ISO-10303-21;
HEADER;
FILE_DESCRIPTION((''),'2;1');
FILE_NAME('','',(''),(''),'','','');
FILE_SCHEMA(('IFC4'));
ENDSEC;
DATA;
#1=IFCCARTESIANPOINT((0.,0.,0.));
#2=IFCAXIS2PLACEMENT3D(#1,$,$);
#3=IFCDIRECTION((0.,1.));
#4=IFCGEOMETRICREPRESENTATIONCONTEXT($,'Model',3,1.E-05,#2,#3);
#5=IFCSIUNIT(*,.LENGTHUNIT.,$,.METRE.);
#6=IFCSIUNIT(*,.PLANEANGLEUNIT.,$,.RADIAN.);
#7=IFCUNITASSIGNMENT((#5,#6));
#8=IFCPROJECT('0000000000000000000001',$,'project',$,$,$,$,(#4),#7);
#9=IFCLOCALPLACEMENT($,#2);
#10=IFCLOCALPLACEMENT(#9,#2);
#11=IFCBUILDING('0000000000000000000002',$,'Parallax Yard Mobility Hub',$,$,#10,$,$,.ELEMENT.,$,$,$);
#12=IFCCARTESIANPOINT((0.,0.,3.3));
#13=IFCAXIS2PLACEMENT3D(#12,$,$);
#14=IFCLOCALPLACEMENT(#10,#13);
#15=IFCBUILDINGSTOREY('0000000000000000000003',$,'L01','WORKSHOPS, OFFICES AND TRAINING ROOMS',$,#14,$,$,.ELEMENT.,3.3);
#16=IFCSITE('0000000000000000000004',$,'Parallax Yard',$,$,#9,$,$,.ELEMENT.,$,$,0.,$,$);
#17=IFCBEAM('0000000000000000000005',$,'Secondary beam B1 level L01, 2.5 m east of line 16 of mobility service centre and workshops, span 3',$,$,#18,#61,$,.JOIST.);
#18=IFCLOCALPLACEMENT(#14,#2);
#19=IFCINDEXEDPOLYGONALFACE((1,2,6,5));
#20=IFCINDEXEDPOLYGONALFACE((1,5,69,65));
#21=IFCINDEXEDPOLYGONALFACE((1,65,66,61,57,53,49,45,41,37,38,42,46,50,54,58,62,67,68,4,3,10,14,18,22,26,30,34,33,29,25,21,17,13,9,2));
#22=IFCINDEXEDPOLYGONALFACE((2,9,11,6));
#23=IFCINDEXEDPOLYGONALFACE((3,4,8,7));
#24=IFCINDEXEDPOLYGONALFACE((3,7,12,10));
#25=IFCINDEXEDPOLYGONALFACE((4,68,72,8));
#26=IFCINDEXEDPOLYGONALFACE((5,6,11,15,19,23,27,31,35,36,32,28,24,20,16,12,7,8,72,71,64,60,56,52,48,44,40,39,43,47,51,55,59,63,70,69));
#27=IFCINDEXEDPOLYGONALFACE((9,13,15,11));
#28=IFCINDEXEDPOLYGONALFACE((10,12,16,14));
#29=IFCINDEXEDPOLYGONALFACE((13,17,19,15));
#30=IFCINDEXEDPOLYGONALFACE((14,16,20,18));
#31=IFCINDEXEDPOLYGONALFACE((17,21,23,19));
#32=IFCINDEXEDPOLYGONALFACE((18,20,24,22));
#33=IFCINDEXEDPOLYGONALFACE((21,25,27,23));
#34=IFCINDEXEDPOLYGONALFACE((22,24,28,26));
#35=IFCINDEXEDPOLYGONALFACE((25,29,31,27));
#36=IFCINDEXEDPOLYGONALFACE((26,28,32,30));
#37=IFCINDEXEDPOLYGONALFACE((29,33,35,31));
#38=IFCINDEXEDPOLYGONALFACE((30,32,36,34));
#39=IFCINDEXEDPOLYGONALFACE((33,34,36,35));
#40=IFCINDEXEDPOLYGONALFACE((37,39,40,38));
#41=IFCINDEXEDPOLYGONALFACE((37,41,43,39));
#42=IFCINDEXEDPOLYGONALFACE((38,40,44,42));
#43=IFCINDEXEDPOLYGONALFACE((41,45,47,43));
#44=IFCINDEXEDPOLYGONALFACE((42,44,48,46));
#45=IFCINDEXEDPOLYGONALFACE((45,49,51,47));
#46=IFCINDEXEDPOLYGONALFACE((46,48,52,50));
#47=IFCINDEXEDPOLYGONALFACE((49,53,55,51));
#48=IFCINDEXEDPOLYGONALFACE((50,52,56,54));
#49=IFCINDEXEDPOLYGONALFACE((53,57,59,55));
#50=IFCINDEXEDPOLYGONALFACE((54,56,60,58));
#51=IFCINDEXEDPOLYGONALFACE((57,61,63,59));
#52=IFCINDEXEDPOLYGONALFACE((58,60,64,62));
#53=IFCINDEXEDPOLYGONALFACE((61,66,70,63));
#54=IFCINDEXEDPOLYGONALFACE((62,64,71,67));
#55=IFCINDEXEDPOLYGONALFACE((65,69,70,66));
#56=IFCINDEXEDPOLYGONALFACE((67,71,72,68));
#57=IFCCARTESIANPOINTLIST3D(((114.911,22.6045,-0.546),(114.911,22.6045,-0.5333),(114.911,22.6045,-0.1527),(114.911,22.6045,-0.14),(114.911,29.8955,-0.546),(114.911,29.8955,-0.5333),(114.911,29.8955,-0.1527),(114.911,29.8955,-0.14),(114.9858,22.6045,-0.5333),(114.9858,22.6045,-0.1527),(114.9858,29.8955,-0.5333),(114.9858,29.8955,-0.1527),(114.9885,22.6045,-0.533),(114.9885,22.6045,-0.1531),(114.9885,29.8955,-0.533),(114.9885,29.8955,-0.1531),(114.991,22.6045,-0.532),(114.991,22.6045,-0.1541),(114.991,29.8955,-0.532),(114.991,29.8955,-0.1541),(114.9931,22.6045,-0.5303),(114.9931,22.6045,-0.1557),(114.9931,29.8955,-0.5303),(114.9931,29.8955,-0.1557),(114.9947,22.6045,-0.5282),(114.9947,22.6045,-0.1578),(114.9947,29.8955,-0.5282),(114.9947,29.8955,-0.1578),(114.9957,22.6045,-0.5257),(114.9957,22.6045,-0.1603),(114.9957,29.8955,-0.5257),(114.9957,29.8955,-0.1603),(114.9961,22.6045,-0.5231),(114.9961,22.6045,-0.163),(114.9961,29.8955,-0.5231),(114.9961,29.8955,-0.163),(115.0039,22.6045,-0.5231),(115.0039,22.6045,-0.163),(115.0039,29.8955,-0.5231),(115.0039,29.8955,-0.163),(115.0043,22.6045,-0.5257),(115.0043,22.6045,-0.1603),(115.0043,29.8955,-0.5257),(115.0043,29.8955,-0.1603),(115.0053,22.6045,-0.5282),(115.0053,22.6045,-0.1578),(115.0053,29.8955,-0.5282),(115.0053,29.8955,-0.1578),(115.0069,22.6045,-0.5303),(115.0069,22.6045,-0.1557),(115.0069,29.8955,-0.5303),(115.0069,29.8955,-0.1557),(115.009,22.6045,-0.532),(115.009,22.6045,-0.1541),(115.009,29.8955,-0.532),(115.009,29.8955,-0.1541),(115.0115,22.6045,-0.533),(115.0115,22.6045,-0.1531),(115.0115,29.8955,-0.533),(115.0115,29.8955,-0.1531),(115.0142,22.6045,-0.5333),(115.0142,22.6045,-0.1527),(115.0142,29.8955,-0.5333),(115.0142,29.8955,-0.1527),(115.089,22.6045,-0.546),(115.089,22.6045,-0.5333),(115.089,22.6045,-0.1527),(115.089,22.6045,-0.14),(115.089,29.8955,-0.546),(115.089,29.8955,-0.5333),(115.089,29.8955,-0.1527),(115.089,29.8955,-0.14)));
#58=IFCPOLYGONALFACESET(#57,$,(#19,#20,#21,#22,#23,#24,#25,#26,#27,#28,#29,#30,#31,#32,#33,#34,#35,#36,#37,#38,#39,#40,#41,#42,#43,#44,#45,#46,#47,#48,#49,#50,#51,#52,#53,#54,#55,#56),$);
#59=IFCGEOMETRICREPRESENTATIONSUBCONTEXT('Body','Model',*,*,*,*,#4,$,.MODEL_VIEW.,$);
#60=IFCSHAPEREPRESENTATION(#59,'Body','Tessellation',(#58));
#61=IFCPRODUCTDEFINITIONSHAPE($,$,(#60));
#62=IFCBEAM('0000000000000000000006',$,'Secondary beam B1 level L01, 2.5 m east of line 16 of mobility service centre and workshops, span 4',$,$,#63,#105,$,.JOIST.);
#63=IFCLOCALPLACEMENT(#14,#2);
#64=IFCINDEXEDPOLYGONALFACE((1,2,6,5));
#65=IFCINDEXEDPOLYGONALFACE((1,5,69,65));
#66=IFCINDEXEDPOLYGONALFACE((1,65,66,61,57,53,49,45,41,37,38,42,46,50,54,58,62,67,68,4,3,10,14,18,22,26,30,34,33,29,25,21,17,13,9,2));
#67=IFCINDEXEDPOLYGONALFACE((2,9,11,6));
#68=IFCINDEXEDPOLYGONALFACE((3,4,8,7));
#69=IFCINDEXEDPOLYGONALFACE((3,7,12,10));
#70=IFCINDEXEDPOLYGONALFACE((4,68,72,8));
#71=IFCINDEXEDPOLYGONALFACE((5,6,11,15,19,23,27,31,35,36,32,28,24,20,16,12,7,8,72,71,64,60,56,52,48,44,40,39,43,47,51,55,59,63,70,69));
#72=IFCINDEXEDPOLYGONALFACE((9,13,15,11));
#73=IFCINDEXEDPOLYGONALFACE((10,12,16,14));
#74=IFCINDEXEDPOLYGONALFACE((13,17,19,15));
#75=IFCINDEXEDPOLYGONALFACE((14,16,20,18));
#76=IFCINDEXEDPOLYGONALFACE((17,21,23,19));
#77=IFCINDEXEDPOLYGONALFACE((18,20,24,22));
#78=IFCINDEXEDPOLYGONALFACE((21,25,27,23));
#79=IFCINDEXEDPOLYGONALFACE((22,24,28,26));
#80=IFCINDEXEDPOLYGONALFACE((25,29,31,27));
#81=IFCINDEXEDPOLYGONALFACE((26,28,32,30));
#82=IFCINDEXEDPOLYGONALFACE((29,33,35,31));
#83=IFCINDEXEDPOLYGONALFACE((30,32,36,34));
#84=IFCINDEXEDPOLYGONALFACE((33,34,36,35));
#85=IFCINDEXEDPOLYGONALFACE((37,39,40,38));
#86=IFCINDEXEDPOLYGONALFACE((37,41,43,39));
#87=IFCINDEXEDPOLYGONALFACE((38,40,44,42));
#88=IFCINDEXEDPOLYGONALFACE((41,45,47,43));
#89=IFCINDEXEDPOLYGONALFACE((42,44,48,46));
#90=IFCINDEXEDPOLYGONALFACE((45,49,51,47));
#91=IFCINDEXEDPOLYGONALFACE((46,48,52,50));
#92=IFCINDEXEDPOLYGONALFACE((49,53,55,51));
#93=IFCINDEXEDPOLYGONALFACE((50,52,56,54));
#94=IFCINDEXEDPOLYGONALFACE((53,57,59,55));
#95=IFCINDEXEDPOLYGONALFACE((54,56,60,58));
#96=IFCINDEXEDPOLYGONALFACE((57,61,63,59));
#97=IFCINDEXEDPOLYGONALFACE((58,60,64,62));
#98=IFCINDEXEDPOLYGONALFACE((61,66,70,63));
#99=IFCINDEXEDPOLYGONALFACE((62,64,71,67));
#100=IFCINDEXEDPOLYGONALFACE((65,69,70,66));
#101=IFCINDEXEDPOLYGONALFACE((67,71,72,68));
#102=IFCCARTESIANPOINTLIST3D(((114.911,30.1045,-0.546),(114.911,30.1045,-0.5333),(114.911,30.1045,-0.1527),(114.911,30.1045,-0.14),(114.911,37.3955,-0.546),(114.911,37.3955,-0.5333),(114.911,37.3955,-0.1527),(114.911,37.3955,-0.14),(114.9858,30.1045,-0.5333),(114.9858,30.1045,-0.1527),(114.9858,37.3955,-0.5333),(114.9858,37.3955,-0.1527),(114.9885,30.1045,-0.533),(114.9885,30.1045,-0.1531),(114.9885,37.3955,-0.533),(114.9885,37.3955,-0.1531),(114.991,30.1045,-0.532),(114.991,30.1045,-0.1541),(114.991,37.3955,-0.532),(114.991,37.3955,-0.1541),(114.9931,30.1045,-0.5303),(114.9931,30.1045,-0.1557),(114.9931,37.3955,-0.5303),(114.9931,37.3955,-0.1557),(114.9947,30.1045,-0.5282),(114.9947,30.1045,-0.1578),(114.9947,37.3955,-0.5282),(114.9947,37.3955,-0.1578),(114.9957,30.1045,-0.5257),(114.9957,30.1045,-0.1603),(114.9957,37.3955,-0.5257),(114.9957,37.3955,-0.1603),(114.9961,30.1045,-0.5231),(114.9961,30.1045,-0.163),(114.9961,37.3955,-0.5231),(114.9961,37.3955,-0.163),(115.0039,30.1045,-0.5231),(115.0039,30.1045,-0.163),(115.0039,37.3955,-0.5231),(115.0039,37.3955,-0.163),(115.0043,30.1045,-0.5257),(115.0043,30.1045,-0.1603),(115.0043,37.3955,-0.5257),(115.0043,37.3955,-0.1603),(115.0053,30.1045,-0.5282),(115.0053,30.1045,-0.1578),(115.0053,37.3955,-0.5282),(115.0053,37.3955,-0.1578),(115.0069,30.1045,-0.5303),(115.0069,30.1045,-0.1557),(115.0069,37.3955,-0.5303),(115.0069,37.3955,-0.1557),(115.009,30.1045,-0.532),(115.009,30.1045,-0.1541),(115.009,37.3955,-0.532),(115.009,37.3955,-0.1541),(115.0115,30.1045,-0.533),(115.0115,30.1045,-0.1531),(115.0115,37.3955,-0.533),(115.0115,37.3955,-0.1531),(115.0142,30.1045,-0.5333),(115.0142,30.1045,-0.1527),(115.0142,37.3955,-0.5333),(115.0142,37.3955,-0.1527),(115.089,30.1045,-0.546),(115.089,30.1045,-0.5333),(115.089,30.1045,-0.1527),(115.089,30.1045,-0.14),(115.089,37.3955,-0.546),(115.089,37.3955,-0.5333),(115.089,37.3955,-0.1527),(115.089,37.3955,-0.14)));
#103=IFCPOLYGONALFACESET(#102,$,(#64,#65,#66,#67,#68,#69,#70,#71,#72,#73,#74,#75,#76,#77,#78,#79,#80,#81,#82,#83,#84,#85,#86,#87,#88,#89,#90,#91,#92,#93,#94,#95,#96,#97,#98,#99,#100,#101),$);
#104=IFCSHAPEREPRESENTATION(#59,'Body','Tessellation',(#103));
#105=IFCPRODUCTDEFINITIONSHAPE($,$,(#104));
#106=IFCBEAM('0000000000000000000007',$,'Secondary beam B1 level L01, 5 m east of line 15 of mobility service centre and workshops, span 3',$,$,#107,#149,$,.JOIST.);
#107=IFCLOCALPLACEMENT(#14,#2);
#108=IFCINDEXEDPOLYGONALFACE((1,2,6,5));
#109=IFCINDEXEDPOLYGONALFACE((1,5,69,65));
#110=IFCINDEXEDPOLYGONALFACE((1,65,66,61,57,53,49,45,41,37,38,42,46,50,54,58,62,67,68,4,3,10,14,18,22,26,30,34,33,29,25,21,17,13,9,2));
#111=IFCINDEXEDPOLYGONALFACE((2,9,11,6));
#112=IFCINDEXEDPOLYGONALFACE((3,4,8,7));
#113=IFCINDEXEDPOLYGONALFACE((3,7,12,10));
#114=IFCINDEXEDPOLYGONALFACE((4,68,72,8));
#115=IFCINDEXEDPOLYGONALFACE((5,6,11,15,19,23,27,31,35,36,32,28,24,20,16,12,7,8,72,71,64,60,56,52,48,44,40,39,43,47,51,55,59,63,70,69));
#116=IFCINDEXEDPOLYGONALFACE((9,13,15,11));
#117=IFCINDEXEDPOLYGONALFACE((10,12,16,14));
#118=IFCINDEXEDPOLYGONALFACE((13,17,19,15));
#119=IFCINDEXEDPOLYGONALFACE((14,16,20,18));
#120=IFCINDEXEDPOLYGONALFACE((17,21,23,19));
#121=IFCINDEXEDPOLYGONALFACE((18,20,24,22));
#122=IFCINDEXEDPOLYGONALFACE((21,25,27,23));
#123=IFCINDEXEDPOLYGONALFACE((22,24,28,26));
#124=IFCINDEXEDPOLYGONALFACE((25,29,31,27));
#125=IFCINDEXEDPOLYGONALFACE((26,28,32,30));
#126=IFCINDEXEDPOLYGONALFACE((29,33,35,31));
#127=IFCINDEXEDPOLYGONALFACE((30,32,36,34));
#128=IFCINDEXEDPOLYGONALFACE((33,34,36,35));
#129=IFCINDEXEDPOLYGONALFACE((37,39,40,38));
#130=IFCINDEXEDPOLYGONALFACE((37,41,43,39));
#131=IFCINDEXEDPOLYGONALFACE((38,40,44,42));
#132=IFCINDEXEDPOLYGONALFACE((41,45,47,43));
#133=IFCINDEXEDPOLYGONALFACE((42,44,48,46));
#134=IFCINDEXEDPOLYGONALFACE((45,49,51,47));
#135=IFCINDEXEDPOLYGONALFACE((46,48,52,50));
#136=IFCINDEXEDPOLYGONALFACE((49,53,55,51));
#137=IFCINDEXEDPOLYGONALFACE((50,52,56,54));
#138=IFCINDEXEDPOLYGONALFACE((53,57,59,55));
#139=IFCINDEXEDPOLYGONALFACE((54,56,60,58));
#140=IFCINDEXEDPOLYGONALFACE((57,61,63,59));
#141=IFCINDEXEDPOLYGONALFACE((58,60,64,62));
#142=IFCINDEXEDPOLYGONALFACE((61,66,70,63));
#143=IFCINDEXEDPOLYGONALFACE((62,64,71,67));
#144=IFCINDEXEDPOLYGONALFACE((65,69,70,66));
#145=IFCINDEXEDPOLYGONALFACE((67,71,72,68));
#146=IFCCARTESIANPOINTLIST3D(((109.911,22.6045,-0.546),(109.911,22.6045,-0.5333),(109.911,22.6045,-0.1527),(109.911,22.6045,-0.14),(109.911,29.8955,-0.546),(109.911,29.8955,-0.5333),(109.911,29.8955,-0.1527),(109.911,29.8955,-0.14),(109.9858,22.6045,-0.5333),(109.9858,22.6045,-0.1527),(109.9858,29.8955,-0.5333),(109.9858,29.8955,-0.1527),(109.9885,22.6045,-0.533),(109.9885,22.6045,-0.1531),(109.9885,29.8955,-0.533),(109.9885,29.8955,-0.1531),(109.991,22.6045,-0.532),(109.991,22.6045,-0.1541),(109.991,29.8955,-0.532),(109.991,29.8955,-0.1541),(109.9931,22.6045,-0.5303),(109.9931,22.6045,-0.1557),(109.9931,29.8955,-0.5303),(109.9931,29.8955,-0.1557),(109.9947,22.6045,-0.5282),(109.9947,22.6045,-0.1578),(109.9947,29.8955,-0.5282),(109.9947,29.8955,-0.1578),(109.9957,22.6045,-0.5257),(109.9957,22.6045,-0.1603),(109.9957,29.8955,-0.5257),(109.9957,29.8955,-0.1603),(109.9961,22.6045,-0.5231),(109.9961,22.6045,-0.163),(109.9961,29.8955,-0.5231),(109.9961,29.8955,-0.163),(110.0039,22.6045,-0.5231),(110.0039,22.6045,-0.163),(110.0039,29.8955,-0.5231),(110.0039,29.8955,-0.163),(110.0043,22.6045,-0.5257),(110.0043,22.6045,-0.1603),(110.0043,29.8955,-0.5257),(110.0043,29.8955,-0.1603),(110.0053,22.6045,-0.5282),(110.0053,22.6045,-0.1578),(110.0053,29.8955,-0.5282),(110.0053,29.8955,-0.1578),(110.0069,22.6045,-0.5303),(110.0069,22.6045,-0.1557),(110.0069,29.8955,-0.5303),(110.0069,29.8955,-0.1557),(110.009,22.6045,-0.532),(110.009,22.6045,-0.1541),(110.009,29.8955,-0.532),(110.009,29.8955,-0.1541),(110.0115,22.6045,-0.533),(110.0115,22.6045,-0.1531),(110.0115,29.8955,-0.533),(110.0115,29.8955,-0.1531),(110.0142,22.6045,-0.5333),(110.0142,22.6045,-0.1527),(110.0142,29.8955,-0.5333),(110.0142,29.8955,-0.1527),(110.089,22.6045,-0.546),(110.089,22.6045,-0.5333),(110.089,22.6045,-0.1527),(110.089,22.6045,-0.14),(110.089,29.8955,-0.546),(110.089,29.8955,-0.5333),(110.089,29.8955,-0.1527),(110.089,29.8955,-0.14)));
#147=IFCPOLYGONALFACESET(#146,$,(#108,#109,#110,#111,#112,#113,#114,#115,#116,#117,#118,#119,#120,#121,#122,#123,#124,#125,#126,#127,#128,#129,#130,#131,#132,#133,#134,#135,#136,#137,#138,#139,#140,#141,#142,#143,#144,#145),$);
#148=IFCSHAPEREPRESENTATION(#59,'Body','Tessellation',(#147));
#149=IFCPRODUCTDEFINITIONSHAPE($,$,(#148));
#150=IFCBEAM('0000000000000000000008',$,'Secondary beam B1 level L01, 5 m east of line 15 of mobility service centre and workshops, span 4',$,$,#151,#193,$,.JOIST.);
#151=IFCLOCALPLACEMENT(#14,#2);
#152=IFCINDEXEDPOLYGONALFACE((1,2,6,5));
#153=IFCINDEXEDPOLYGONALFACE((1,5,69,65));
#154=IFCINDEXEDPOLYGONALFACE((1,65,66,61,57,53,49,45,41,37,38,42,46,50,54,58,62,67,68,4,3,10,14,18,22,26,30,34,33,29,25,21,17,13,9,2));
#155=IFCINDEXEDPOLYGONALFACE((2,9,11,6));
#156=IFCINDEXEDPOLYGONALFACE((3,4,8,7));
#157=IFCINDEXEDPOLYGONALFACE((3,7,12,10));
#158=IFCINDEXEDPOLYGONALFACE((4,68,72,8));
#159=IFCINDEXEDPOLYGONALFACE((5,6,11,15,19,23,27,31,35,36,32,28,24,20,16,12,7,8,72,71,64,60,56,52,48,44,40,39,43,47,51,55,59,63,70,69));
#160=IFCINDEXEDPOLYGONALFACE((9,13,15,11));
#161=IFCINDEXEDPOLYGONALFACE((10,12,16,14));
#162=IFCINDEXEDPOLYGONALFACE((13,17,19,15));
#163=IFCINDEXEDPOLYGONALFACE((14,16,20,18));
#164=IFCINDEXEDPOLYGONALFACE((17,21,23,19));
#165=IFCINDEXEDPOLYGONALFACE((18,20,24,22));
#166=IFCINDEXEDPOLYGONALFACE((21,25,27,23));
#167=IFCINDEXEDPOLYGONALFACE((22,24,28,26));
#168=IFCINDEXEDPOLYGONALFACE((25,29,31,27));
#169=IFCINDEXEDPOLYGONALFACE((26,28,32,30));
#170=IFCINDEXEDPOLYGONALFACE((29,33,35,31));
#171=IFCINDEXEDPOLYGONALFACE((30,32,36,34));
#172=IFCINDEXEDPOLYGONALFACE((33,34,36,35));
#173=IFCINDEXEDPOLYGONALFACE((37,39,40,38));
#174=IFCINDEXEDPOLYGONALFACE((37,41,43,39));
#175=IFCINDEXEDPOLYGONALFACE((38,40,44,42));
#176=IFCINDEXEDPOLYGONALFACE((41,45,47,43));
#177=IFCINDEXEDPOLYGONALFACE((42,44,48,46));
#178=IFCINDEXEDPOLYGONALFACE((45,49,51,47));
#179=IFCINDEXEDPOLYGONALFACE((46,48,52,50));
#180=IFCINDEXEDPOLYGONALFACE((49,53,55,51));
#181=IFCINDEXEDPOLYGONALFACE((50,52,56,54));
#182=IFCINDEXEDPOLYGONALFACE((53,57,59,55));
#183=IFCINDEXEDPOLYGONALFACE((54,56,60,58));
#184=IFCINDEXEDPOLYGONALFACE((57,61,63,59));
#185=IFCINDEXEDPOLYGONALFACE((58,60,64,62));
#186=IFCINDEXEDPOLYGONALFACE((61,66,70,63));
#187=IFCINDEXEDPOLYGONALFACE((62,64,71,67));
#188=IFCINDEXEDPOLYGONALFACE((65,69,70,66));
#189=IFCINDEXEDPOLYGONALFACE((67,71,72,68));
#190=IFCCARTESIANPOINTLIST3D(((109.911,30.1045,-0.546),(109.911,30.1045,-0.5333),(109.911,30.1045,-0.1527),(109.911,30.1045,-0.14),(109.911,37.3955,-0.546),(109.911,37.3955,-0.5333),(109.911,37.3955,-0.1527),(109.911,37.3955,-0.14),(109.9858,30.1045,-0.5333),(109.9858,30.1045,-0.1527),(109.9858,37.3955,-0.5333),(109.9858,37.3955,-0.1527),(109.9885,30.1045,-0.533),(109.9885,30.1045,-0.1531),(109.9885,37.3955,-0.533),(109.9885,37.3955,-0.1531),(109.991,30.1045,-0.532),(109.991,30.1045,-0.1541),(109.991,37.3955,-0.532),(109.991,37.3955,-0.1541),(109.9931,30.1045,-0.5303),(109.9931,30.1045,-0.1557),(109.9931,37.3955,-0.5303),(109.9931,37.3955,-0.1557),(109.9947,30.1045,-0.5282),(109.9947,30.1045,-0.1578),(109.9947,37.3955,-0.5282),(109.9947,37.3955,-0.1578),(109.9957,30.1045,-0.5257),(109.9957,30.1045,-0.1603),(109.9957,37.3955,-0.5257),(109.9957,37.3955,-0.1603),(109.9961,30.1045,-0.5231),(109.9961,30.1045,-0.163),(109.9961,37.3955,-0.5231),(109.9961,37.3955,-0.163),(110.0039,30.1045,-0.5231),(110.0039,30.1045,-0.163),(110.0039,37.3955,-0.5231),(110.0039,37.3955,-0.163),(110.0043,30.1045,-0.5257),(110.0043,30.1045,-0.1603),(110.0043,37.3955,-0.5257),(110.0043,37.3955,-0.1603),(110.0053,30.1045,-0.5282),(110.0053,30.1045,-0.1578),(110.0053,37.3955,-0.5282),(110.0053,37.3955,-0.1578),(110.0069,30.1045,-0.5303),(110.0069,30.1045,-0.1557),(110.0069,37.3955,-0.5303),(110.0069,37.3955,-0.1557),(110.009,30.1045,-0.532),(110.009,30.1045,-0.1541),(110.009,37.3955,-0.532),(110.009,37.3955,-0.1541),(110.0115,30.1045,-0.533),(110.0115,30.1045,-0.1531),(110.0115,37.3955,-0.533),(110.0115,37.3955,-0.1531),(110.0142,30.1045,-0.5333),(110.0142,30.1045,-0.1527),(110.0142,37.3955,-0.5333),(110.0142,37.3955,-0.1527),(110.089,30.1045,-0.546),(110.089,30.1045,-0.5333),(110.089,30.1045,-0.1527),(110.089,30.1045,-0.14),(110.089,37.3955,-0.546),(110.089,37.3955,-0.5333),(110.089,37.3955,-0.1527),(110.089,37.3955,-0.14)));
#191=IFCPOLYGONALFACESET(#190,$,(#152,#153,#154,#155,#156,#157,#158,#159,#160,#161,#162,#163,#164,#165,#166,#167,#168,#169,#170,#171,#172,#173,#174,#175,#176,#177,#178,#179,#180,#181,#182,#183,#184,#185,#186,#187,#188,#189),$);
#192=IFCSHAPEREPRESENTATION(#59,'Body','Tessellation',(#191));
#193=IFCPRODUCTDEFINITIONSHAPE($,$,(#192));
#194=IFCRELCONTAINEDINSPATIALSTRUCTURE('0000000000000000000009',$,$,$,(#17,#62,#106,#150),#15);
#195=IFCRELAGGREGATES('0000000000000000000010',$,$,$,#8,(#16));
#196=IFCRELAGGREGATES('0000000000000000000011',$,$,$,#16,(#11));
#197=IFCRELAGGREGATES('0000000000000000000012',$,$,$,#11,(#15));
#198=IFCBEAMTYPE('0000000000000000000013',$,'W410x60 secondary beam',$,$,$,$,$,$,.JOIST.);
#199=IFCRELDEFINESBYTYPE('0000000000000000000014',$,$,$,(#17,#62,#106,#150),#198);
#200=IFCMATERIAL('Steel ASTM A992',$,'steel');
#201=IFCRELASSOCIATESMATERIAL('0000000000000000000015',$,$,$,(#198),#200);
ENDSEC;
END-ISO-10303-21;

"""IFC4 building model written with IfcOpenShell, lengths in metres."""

from ifc_helpers import new_model, si_unit, direction, frame, origin, origin_2d, place, context, subcontext, project, spatial, i_section, extrude, material, material_profile, profile_set, type_object, element, save


model = new_model("IFC4")

# Units and contexts
model_context = context("Model", 3, precision=1e-05, world=origin(), true_north=direction((0.0, 1.0)))
body_context = subcontext(model_context, "Body", "Model", "MODEL_VIEW")
ifc_project = project(units=[si_unit("LENGTHUNIT", "METRE"), si_unit("PLANEANGLEUNIT", "RADIAN")], contexts=[model_context])

# Site, building, storey
site_placement = place(None, origin())
site = spatial("IfcSite", under=ifc_project, at=site_placement, Name="Parallax Yard", CompositionType="ELEMENT", RefElevation=0.0)
building_placement = place(site_placement, origin())
building = spatial("IfcBuilding", under=site, at=building_placement, Name="Parallax Yard Mobility Hub", CompositionType="ELEMENT")
storey_placement = place(building_placement, frame((0.0, 0.0, 3.3)))
storey = spatial("IfcBuildingStorey", under=building, at=storey_placement, Name="L01", Description="WORKSHOPS, OFFICES AND TRAINING ROOMS", CompositionType="ELEMENT", Elevation=3.3)

# Shared definitions
ifc_material_1 = material(Name="Steel ASTM A992", Category="steel")

# Beams
ifc_material_profile_1 = material_profile(ifc_material_1, i_section(OverallWidth=0.178, OverallDepth=0.406, WebThickness=0.0078, FlangeThickness=0.0127, FilletRadius=0.0103, at=origin_2d()), Name="W410x60")
ifc_profile_set_1 = profile_set([ifc_material_profile_1], Name="Steel ASTM A992")
beam_type_1 = type_object("IfcBeamType", Name="W410x60 secondary beam", PredefinedType="JOIST", material=ifc_profile_set_1)
for number, where, z_axis, x_axis, name in (
    (1, (115.0, 22.6045, -0.343), (0.0, 1.0, 0.0), (-1.0, 0.0, 0.0), "Secondary beam B1 level L01, 2.5 m east of line 16 of mobility service centre and workshops, span 3"),
    (2, (115.0, 30.1045, -0.343), (0.0, 1.0, 0.0), (-1.0, 0.0, 0.0), "Secondary beam B1 level L01, 2.5 m east of line 16 of mobility service centre and workshops, span 4"),
    (3, (110.0, 22.6045, -0.343), (0.0, 1.0, 0.0), (-1.0, 0.0, 0.0), "Secondary beam B1 level L01, 5 m east of line 15 of mobility service centre and workshops, span 3"),
    (4, (110.0, 30.1045, -0.343), (0.0, 1.0, 0.0), (-1.0, 0.0, 0.0), "Secondary beam B1 level L01, 5 m east of line 15 of mobility service centre and workshops, span 4"),
):
    element("IfcBeam", number, at=place(storey_placement, frame(where, z_axis=z_axis, x_axis=x_axis)), inside=storey, type_object=beam_type_1, Name=name, PredefinedType="JOIST", context=body_context, shape_type="SweptSolid", body=[
        extrude(i_section(OverallWidth=0.178, OverallDepth=0.406, WebThickness=0.0078, FlangeThickness=0.0127, FilletRadius=0.0103, at=origin_2d()), origin(), (0.0, 0.0, 1.0), 7.291),
    ])

save(model, "model.ifc")
